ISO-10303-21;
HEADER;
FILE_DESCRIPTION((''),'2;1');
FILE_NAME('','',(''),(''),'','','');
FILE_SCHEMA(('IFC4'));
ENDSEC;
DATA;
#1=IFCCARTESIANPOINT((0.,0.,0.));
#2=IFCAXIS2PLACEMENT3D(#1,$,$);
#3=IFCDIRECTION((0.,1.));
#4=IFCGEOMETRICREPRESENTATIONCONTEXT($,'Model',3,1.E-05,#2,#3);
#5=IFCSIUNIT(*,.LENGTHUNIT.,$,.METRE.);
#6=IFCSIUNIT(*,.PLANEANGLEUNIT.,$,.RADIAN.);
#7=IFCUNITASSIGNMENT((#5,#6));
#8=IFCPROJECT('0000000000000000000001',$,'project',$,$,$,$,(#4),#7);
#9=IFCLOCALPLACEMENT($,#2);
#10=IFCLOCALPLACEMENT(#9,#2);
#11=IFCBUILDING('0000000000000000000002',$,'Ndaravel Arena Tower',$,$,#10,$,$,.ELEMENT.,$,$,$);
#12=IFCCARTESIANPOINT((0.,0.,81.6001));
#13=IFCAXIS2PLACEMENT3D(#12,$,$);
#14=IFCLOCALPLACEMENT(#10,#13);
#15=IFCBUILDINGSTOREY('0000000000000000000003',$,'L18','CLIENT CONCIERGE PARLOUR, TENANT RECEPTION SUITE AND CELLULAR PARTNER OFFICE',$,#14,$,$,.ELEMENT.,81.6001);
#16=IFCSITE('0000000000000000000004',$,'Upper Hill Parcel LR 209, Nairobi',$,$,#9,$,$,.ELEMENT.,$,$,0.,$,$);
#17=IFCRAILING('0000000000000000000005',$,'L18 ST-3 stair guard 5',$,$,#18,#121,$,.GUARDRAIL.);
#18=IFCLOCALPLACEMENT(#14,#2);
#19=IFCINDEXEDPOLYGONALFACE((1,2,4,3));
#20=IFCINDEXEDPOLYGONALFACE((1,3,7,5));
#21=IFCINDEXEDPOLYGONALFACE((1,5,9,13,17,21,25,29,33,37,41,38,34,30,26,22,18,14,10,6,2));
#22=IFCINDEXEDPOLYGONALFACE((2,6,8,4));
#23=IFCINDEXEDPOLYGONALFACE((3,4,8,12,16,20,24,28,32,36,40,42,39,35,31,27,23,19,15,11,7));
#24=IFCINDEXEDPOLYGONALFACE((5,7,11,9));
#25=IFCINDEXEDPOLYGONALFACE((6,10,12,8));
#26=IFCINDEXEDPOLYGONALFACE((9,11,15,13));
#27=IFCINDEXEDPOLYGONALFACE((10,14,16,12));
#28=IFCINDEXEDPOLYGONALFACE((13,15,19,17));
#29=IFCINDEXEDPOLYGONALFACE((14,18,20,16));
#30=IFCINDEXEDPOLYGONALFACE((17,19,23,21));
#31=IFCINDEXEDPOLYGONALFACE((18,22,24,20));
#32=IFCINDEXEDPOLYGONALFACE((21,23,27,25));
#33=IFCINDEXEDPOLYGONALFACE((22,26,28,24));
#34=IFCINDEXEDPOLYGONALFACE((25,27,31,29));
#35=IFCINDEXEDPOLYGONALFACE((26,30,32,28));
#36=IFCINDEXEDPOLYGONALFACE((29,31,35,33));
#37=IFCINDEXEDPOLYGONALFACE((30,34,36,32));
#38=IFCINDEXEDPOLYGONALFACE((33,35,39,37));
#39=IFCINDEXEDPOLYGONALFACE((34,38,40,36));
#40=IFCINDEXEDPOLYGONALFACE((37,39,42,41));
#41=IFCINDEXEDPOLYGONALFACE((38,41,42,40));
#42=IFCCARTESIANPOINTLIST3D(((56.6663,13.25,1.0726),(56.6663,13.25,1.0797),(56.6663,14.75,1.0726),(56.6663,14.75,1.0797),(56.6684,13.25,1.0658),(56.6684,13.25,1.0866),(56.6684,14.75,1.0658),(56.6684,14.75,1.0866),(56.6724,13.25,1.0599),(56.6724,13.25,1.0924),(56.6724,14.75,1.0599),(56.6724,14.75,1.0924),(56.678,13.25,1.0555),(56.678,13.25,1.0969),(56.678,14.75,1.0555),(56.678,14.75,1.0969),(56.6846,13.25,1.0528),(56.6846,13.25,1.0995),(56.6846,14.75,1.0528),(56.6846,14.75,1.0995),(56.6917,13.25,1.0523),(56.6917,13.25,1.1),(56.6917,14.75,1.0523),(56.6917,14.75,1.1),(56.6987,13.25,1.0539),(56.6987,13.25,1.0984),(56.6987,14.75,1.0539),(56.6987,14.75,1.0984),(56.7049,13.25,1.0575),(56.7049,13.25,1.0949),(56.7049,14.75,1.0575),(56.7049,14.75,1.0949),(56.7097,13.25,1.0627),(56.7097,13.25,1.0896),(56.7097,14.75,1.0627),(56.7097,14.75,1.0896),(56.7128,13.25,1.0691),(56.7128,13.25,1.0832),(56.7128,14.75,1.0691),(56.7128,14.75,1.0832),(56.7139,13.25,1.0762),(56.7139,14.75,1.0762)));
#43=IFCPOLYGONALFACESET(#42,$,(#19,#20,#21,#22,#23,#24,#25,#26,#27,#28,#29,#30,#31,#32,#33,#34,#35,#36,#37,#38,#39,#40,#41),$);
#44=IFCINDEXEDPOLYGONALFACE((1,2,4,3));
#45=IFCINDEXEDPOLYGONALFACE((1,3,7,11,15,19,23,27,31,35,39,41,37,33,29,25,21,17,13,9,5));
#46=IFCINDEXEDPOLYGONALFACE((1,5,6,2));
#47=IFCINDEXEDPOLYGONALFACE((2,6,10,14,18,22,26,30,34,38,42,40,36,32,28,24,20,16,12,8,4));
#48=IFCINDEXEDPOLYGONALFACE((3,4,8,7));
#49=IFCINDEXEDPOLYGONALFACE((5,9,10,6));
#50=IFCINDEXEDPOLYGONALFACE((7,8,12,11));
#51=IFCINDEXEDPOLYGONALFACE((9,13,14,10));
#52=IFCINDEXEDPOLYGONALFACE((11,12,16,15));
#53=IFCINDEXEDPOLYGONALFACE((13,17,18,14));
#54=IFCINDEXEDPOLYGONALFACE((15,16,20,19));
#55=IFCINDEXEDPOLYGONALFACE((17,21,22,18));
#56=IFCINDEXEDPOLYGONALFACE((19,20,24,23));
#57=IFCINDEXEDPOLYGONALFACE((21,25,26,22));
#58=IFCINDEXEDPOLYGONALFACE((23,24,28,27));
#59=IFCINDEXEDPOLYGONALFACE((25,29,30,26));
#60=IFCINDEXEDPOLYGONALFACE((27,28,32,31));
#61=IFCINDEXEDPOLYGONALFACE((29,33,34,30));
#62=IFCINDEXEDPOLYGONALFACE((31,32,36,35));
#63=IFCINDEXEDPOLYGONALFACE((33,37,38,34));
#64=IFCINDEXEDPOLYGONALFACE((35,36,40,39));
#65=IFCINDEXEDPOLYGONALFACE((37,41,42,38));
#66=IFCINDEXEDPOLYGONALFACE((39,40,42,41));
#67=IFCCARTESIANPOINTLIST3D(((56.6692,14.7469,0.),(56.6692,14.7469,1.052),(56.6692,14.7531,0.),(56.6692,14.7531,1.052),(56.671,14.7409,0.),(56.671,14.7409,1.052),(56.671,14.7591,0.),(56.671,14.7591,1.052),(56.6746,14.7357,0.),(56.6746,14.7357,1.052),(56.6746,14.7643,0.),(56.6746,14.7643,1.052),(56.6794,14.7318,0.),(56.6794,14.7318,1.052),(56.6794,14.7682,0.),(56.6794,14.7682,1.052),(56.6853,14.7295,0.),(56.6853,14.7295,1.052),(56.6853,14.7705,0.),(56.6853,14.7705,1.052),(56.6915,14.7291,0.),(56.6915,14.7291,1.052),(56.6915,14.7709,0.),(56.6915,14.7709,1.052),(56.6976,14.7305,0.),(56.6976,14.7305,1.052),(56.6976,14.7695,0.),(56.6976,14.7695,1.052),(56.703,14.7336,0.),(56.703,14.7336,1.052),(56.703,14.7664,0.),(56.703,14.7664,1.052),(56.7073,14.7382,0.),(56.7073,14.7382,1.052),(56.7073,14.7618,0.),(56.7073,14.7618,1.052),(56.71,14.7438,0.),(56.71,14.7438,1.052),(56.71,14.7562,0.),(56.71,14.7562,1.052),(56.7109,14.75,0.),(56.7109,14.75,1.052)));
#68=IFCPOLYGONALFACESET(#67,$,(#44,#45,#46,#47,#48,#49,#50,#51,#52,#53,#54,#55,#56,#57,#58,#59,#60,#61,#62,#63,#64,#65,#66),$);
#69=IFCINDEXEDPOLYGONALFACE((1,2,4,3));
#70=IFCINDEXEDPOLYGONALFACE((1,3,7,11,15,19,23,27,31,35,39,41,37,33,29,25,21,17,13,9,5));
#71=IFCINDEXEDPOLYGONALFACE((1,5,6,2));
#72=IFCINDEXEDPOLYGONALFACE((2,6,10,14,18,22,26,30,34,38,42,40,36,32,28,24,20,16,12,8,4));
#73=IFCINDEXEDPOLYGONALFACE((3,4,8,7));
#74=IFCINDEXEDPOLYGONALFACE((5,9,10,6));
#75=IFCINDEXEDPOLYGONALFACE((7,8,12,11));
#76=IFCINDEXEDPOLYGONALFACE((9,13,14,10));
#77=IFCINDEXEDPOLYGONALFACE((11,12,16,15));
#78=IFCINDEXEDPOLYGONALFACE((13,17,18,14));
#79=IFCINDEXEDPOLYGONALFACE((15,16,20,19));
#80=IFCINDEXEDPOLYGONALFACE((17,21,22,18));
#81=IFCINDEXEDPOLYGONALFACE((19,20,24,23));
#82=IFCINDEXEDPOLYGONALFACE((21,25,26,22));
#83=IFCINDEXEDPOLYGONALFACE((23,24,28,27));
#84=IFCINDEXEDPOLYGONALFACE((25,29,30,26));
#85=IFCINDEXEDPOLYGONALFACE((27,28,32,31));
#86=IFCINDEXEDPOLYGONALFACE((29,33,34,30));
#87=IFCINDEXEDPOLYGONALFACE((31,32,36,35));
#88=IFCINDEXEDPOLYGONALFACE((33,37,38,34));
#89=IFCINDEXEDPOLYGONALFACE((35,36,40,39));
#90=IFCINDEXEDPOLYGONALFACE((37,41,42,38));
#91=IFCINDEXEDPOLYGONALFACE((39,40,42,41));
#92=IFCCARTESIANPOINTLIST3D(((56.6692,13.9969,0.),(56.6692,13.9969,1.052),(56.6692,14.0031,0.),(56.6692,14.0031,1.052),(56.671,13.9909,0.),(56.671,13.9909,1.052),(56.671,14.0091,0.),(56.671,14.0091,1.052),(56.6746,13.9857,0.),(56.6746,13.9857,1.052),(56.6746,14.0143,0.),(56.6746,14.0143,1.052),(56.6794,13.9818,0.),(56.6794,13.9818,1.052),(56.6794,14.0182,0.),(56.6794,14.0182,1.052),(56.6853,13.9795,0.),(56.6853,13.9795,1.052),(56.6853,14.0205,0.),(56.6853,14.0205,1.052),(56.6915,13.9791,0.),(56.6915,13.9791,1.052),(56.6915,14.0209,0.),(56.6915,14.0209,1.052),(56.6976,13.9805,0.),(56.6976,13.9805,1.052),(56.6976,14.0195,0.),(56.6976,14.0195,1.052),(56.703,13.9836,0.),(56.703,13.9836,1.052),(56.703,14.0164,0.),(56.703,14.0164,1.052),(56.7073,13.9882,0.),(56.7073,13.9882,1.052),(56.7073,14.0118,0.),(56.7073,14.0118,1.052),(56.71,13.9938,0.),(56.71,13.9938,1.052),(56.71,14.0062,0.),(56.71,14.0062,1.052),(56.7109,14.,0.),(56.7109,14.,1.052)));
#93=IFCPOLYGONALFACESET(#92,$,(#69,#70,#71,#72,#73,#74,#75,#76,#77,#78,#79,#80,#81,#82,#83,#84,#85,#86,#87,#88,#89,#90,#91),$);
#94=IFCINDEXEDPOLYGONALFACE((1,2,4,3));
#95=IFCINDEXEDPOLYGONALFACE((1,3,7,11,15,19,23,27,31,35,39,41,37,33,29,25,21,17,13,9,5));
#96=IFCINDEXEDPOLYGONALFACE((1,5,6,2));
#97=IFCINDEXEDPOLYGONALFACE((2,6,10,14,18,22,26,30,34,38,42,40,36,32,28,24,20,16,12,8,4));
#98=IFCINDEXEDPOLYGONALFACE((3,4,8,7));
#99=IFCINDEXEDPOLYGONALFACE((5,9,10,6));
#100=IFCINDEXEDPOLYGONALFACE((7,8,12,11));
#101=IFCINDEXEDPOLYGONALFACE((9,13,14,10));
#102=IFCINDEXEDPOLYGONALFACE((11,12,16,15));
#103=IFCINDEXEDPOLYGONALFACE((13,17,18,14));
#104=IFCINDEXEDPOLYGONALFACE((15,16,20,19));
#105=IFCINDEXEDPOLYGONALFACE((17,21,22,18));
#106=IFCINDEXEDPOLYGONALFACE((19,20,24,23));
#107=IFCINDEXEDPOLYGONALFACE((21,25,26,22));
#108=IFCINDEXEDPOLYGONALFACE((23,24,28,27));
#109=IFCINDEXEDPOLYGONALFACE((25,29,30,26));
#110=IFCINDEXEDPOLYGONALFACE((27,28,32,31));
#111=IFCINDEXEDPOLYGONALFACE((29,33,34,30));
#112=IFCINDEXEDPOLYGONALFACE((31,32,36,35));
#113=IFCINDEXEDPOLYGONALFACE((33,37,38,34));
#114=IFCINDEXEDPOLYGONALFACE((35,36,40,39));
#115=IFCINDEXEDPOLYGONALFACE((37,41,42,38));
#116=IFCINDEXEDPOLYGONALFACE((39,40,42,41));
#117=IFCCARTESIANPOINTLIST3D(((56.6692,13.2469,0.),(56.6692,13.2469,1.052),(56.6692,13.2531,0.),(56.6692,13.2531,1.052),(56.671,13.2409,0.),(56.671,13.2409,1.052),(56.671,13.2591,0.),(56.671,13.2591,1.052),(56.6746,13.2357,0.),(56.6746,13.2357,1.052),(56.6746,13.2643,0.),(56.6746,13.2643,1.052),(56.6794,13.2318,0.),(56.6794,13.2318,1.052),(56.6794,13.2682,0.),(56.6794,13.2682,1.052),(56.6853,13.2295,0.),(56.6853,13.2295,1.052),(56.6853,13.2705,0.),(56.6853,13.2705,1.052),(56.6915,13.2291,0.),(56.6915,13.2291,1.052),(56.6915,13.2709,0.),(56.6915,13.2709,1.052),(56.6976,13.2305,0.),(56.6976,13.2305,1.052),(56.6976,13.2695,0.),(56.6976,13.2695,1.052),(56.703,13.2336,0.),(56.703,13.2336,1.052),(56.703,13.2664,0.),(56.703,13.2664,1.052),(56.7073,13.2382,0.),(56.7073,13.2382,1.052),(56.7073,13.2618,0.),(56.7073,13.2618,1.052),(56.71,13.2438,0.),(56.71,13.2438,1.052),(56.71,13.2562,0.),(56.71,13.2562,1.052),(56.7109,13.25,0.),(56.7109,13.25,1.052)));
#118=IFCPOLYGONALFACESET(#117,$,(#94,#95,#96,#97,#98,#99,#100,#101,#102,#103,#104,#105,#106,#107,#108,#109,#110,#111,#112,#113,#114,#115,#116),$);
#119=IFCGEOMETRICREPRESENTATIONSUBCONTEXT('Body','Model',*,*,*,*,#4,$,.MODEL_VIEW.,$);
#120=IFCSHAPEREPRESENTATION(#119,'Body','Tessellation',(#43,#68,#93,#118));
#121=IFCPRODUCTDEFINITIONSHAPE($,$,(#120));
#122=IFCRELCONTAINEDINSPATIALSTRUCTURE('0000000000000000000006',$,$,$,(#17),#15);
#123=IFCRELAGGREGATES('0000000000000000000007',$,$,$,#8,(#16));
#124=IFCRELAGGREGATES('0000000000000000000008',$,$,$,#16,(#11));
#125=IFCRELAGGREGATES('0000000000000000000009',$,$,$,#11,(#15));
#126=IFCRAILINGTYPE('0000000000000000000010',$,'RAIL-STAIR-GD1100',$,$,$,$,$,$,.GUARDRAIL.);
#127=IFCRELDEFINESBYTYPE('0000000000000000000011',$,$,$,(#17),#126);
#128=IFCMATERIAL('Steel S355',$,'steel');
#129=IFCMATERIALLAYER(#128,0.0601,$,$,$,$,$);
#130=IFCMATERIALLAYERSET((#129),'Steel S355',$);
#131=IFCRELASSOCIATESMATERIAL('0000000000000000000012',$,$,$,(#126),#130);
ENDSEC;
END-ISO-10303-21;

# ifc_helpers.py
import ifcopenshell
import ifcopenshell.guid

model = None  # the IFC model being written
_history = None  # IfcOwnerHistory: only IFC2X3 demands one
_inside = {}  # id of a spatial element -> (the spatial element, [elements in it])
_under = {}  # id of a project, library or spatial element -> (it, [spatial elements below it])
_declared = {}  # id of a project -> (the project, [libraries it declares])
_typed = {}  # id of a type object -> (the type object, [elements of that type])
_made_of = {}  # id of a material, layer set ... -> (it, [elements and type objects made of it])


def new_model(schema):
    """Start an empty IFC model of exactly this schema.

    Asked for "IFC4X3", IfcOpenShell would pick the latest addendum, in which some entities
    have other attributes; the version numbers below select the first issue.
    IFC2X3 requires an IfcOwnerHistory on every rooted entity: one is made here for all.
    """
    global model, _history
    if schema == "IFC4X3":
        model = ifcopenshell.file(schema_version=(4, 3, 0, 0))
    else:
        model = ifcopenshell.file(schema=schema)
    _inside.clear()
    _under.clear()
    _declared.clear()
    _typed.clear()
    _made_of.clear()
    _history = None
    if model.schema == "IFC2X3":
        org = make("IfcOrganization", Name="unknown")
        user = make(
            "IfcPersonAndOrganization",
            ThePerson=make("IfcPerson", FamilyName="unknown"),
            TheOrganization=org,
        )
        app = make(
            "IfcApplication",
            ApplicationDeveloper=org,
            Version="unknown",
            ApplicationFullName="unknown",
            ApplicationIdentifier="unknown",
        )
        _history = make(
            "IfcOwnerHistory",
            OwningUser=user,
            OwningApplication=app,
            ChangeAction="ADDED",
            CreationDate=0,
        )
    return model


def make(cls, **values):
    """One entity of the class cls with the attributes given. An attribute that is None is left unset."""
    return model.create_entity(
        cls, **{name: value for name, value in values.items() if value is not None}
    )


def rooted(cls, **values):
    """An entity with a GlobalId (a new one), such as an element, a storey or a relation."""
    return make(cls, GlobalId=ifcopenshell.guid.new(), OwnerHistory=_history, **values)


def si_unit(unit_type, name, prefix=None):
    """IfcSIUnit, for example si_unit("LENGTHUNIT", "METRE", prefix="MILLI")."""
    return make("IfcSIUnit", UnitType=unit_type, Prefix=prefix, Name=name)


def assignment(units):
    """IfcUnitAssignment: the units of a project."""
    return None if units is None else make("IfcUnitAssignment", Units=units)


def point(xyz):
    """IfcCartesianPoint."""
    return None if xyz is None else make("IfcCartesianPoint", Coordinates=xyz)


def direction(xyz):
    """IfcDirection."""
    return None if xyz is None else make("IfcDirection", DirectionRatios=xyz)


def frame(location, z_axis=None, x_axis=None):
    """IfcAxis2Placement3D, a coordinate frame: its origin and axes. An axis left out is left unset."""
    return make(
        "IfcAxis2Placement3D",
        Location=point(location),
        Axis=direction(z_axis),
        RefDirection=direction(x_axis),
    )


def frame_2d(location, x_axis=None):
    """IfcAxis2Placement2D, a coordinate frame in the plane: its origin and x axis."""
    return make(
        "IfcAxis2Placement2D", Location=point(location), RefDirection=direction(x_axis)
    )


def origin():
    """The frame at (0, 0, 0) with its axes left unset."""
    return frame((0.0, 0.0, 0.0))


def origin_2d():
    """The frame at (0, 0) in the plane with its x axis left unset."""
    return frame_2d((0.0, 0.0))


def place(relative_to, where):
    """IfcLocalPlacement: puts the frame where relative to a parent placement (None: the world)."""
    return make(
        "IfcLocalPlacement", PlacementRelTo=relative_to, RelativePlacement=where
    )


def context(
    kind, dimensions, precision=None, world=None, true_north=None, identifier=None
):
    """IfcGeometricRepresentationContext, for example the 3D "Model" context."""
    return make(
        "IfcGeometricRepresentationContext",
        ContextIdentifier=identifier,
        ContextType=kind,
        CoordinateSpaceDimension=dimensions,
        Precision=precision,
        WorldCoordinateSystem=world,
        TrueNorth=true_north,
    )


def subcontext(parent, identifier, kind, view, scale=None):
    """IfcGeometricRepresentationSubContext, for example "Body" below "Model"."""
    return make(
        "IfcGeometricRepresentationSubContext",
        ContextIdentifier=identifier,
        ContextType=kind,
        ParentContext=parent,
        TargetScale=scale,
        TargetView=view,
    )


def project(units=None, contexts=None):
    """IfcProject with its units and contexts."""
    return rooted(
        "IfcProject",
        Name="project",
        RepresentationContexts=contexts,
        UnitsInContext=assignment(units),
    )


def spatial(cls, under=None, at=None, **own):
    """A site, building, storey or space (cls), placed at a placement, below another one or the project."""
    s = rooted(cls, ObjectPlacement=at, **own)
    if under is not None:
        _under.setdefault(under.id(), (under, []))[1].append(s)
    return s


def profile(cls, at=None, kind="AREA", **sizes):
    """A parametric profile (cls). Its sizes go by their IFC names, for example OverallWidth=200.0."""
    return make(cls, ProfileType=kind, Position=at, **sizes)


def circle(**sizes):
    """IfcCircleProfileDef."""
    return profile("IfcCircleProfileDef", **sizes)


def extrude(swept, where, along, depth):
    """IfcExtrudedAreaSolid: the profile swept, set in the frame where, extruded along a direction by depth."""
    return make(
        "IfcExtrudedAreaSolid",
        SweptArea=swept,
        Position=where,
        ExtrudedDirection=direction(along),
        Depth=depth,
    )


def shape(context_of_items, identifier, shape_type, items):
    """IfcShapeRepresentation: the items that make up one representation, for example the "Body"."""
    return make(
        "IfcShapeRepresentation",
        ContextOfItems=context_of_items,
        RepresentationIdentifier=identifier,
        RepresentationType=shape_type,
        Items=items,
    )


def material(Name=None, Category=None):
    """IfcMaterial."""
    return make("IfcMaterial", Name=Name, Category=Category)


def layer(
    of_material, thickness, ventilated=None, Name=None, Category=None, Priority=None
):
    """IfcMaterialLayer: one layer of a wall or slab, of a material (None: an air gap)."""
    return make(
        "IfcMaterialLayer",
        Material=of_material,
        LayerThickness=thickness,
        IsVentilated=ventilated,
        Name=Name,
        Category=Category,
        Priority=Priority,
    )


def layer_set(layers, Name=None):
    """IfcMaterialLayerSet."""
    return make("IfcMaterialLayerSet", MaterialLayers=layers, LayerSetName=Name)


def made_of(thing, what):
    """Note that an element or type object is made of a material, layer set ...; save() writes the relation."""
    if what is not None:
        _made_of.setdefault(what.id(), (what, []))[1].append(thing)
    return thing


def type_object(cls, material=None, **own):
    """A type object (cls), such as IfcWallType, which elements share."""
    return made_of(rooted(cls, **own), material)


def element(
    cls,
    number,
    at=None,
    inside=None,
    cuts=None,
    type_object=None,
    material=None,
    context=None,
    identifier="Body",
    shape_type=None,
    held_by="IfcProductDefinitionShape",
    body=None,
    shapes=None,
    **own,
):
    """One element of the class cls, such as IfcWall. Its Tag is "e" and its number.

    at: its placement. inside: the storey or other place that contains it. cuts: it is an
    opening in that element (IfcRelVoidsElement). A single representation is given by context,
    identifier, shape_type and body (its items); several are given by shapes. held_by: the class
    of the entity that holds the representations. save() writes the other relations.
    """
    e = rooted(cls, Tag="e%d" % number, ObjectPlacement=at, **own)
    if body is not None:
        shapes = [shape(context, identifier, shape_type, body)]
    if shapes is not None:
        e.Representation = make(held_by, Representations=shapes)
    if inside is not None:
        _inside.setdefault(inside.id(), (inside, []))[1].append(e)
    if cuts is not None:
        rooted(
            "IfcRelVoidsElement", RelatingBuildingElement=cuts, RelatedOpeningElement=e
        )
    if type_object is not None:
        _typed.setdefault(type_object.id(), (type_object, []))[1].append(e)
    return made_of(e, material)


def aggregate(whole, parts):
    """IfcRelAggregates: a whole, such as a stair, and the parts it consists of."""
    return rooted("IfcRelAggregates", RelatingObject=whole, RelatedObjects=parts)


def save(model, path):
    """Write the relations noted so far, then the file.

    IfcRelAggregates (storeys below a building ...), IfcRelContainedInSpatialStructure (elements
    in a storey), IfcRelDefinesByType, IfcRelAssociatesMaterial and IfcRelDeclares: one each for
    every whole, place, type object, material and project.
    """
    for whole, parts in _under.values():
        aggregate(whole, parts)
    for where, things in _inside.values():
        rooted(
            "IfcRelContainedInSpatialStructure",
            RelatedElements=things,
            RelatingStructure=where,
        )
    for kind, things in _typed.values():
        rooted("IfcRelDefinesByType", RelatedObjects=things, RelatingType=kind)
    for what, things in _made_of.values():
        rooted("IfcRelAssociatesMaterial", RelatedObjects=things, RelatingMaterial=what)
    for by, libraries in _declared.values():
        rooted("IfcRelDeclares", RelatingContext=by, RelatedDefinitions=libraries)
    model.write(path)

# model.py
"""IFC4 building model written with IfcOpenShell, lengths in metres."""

from ifc_helpers import new_model, si_unit, direction, frame, origin, origin_2d, place, context, subcontext, project, spatial, circle, extrude, material, layer, layer_set, type_object, element, save


model = new_model("IFC4")

# Units and contexts
model_context = context("Model", 3, precision=1e-05, world=origin(), true_north=direction((0.0, 1.0)))
body_context = subcontext(model_context, "Body", "Model", "MODEL_VIEW")
ifc_project = project(units=[si_unit("LENGTHUNIT", "METRE"), si_unit("PLANEANGLEUNIT", "RADIAN")], contexts=[model_context])

# Site, building, storey
site_placement = place(None, origin())
site = spatial("IfcSite", under=ifc_project, at=site_placement, Name="Upper Hill Parcel LR 209, Nairobi", CompositionType="ELEMENT", RefElevation=0.0)
building_placement = place(site_placement, origin())
building = spatial("IfcBuilding", under=site, at=building_placement, Name="Ndaravel Arena Tower", CompositionType="ELEMENT")
storey_placement = place(building_placement, frame((0.0, 0.0, 81.6001)))
storey = spatial("IfcBuildingStorey", under=building, at=storey_placement, Name="L18", Description="CLIENT CONCIERGE PARLOUR, TENANT RECEPTION SUITE AND CELLULAR PARTNER OFFICE", CompositionType="ELEMENT", Elevation=81.6001)

# Railing
ifc_material_1 = material(Name="Steel S355", Category="steel")
ifc_layer_1 = layer(ifc_material_1, 0.0601)
ifc_layer_set_1 = layer_set([ifc_layer_1], Name="Steel S355")
railing_type = type_object("IfcRailingType", Name="RAIL-STAIR-GD1100", PredefinedType="GUARDRAIL", material=ifc_layer_set_1)
for number, where, name in (
    (1, (56.6899, 14.75, 0.0), "L18 ST-3 stair guard 5"),
):
    element("IfcRailing", number, at=place(storey_placement, frame(where)), inside=storey, type_object=railing_type, Name=name, PredefinedType="GUARDRAIL", context=body_context, shape_type="SweptSolid", body=[
        extrude(circle(Radius=0.0239, at=origin_2d()), frame((0.0, 0.0, 1.0762), z_axis=(0.0, -1.0, 0.0), x_axis=(1.0, 0.0, 0.0)), (0.0, 0.0, 1.0), 1.5),
        extrude(circle(Radius=0.021, at=origin_2d()), origin(), (0.0, 0.0, 1.0), 1.052),
        extrude(circle(Radius=0.021, at=origin_2d()), frame((0.0, -0.75, 0.0)), (0.0, 0.0, 1.0), 1.052),
        extrude(circle(Radius=0.021, at=origin_2d()), frame((0.0, -1.5, 0.0)), (0.0, 0.0, 1.0), 1.052),
    ])

save(model, "model.ifc")
